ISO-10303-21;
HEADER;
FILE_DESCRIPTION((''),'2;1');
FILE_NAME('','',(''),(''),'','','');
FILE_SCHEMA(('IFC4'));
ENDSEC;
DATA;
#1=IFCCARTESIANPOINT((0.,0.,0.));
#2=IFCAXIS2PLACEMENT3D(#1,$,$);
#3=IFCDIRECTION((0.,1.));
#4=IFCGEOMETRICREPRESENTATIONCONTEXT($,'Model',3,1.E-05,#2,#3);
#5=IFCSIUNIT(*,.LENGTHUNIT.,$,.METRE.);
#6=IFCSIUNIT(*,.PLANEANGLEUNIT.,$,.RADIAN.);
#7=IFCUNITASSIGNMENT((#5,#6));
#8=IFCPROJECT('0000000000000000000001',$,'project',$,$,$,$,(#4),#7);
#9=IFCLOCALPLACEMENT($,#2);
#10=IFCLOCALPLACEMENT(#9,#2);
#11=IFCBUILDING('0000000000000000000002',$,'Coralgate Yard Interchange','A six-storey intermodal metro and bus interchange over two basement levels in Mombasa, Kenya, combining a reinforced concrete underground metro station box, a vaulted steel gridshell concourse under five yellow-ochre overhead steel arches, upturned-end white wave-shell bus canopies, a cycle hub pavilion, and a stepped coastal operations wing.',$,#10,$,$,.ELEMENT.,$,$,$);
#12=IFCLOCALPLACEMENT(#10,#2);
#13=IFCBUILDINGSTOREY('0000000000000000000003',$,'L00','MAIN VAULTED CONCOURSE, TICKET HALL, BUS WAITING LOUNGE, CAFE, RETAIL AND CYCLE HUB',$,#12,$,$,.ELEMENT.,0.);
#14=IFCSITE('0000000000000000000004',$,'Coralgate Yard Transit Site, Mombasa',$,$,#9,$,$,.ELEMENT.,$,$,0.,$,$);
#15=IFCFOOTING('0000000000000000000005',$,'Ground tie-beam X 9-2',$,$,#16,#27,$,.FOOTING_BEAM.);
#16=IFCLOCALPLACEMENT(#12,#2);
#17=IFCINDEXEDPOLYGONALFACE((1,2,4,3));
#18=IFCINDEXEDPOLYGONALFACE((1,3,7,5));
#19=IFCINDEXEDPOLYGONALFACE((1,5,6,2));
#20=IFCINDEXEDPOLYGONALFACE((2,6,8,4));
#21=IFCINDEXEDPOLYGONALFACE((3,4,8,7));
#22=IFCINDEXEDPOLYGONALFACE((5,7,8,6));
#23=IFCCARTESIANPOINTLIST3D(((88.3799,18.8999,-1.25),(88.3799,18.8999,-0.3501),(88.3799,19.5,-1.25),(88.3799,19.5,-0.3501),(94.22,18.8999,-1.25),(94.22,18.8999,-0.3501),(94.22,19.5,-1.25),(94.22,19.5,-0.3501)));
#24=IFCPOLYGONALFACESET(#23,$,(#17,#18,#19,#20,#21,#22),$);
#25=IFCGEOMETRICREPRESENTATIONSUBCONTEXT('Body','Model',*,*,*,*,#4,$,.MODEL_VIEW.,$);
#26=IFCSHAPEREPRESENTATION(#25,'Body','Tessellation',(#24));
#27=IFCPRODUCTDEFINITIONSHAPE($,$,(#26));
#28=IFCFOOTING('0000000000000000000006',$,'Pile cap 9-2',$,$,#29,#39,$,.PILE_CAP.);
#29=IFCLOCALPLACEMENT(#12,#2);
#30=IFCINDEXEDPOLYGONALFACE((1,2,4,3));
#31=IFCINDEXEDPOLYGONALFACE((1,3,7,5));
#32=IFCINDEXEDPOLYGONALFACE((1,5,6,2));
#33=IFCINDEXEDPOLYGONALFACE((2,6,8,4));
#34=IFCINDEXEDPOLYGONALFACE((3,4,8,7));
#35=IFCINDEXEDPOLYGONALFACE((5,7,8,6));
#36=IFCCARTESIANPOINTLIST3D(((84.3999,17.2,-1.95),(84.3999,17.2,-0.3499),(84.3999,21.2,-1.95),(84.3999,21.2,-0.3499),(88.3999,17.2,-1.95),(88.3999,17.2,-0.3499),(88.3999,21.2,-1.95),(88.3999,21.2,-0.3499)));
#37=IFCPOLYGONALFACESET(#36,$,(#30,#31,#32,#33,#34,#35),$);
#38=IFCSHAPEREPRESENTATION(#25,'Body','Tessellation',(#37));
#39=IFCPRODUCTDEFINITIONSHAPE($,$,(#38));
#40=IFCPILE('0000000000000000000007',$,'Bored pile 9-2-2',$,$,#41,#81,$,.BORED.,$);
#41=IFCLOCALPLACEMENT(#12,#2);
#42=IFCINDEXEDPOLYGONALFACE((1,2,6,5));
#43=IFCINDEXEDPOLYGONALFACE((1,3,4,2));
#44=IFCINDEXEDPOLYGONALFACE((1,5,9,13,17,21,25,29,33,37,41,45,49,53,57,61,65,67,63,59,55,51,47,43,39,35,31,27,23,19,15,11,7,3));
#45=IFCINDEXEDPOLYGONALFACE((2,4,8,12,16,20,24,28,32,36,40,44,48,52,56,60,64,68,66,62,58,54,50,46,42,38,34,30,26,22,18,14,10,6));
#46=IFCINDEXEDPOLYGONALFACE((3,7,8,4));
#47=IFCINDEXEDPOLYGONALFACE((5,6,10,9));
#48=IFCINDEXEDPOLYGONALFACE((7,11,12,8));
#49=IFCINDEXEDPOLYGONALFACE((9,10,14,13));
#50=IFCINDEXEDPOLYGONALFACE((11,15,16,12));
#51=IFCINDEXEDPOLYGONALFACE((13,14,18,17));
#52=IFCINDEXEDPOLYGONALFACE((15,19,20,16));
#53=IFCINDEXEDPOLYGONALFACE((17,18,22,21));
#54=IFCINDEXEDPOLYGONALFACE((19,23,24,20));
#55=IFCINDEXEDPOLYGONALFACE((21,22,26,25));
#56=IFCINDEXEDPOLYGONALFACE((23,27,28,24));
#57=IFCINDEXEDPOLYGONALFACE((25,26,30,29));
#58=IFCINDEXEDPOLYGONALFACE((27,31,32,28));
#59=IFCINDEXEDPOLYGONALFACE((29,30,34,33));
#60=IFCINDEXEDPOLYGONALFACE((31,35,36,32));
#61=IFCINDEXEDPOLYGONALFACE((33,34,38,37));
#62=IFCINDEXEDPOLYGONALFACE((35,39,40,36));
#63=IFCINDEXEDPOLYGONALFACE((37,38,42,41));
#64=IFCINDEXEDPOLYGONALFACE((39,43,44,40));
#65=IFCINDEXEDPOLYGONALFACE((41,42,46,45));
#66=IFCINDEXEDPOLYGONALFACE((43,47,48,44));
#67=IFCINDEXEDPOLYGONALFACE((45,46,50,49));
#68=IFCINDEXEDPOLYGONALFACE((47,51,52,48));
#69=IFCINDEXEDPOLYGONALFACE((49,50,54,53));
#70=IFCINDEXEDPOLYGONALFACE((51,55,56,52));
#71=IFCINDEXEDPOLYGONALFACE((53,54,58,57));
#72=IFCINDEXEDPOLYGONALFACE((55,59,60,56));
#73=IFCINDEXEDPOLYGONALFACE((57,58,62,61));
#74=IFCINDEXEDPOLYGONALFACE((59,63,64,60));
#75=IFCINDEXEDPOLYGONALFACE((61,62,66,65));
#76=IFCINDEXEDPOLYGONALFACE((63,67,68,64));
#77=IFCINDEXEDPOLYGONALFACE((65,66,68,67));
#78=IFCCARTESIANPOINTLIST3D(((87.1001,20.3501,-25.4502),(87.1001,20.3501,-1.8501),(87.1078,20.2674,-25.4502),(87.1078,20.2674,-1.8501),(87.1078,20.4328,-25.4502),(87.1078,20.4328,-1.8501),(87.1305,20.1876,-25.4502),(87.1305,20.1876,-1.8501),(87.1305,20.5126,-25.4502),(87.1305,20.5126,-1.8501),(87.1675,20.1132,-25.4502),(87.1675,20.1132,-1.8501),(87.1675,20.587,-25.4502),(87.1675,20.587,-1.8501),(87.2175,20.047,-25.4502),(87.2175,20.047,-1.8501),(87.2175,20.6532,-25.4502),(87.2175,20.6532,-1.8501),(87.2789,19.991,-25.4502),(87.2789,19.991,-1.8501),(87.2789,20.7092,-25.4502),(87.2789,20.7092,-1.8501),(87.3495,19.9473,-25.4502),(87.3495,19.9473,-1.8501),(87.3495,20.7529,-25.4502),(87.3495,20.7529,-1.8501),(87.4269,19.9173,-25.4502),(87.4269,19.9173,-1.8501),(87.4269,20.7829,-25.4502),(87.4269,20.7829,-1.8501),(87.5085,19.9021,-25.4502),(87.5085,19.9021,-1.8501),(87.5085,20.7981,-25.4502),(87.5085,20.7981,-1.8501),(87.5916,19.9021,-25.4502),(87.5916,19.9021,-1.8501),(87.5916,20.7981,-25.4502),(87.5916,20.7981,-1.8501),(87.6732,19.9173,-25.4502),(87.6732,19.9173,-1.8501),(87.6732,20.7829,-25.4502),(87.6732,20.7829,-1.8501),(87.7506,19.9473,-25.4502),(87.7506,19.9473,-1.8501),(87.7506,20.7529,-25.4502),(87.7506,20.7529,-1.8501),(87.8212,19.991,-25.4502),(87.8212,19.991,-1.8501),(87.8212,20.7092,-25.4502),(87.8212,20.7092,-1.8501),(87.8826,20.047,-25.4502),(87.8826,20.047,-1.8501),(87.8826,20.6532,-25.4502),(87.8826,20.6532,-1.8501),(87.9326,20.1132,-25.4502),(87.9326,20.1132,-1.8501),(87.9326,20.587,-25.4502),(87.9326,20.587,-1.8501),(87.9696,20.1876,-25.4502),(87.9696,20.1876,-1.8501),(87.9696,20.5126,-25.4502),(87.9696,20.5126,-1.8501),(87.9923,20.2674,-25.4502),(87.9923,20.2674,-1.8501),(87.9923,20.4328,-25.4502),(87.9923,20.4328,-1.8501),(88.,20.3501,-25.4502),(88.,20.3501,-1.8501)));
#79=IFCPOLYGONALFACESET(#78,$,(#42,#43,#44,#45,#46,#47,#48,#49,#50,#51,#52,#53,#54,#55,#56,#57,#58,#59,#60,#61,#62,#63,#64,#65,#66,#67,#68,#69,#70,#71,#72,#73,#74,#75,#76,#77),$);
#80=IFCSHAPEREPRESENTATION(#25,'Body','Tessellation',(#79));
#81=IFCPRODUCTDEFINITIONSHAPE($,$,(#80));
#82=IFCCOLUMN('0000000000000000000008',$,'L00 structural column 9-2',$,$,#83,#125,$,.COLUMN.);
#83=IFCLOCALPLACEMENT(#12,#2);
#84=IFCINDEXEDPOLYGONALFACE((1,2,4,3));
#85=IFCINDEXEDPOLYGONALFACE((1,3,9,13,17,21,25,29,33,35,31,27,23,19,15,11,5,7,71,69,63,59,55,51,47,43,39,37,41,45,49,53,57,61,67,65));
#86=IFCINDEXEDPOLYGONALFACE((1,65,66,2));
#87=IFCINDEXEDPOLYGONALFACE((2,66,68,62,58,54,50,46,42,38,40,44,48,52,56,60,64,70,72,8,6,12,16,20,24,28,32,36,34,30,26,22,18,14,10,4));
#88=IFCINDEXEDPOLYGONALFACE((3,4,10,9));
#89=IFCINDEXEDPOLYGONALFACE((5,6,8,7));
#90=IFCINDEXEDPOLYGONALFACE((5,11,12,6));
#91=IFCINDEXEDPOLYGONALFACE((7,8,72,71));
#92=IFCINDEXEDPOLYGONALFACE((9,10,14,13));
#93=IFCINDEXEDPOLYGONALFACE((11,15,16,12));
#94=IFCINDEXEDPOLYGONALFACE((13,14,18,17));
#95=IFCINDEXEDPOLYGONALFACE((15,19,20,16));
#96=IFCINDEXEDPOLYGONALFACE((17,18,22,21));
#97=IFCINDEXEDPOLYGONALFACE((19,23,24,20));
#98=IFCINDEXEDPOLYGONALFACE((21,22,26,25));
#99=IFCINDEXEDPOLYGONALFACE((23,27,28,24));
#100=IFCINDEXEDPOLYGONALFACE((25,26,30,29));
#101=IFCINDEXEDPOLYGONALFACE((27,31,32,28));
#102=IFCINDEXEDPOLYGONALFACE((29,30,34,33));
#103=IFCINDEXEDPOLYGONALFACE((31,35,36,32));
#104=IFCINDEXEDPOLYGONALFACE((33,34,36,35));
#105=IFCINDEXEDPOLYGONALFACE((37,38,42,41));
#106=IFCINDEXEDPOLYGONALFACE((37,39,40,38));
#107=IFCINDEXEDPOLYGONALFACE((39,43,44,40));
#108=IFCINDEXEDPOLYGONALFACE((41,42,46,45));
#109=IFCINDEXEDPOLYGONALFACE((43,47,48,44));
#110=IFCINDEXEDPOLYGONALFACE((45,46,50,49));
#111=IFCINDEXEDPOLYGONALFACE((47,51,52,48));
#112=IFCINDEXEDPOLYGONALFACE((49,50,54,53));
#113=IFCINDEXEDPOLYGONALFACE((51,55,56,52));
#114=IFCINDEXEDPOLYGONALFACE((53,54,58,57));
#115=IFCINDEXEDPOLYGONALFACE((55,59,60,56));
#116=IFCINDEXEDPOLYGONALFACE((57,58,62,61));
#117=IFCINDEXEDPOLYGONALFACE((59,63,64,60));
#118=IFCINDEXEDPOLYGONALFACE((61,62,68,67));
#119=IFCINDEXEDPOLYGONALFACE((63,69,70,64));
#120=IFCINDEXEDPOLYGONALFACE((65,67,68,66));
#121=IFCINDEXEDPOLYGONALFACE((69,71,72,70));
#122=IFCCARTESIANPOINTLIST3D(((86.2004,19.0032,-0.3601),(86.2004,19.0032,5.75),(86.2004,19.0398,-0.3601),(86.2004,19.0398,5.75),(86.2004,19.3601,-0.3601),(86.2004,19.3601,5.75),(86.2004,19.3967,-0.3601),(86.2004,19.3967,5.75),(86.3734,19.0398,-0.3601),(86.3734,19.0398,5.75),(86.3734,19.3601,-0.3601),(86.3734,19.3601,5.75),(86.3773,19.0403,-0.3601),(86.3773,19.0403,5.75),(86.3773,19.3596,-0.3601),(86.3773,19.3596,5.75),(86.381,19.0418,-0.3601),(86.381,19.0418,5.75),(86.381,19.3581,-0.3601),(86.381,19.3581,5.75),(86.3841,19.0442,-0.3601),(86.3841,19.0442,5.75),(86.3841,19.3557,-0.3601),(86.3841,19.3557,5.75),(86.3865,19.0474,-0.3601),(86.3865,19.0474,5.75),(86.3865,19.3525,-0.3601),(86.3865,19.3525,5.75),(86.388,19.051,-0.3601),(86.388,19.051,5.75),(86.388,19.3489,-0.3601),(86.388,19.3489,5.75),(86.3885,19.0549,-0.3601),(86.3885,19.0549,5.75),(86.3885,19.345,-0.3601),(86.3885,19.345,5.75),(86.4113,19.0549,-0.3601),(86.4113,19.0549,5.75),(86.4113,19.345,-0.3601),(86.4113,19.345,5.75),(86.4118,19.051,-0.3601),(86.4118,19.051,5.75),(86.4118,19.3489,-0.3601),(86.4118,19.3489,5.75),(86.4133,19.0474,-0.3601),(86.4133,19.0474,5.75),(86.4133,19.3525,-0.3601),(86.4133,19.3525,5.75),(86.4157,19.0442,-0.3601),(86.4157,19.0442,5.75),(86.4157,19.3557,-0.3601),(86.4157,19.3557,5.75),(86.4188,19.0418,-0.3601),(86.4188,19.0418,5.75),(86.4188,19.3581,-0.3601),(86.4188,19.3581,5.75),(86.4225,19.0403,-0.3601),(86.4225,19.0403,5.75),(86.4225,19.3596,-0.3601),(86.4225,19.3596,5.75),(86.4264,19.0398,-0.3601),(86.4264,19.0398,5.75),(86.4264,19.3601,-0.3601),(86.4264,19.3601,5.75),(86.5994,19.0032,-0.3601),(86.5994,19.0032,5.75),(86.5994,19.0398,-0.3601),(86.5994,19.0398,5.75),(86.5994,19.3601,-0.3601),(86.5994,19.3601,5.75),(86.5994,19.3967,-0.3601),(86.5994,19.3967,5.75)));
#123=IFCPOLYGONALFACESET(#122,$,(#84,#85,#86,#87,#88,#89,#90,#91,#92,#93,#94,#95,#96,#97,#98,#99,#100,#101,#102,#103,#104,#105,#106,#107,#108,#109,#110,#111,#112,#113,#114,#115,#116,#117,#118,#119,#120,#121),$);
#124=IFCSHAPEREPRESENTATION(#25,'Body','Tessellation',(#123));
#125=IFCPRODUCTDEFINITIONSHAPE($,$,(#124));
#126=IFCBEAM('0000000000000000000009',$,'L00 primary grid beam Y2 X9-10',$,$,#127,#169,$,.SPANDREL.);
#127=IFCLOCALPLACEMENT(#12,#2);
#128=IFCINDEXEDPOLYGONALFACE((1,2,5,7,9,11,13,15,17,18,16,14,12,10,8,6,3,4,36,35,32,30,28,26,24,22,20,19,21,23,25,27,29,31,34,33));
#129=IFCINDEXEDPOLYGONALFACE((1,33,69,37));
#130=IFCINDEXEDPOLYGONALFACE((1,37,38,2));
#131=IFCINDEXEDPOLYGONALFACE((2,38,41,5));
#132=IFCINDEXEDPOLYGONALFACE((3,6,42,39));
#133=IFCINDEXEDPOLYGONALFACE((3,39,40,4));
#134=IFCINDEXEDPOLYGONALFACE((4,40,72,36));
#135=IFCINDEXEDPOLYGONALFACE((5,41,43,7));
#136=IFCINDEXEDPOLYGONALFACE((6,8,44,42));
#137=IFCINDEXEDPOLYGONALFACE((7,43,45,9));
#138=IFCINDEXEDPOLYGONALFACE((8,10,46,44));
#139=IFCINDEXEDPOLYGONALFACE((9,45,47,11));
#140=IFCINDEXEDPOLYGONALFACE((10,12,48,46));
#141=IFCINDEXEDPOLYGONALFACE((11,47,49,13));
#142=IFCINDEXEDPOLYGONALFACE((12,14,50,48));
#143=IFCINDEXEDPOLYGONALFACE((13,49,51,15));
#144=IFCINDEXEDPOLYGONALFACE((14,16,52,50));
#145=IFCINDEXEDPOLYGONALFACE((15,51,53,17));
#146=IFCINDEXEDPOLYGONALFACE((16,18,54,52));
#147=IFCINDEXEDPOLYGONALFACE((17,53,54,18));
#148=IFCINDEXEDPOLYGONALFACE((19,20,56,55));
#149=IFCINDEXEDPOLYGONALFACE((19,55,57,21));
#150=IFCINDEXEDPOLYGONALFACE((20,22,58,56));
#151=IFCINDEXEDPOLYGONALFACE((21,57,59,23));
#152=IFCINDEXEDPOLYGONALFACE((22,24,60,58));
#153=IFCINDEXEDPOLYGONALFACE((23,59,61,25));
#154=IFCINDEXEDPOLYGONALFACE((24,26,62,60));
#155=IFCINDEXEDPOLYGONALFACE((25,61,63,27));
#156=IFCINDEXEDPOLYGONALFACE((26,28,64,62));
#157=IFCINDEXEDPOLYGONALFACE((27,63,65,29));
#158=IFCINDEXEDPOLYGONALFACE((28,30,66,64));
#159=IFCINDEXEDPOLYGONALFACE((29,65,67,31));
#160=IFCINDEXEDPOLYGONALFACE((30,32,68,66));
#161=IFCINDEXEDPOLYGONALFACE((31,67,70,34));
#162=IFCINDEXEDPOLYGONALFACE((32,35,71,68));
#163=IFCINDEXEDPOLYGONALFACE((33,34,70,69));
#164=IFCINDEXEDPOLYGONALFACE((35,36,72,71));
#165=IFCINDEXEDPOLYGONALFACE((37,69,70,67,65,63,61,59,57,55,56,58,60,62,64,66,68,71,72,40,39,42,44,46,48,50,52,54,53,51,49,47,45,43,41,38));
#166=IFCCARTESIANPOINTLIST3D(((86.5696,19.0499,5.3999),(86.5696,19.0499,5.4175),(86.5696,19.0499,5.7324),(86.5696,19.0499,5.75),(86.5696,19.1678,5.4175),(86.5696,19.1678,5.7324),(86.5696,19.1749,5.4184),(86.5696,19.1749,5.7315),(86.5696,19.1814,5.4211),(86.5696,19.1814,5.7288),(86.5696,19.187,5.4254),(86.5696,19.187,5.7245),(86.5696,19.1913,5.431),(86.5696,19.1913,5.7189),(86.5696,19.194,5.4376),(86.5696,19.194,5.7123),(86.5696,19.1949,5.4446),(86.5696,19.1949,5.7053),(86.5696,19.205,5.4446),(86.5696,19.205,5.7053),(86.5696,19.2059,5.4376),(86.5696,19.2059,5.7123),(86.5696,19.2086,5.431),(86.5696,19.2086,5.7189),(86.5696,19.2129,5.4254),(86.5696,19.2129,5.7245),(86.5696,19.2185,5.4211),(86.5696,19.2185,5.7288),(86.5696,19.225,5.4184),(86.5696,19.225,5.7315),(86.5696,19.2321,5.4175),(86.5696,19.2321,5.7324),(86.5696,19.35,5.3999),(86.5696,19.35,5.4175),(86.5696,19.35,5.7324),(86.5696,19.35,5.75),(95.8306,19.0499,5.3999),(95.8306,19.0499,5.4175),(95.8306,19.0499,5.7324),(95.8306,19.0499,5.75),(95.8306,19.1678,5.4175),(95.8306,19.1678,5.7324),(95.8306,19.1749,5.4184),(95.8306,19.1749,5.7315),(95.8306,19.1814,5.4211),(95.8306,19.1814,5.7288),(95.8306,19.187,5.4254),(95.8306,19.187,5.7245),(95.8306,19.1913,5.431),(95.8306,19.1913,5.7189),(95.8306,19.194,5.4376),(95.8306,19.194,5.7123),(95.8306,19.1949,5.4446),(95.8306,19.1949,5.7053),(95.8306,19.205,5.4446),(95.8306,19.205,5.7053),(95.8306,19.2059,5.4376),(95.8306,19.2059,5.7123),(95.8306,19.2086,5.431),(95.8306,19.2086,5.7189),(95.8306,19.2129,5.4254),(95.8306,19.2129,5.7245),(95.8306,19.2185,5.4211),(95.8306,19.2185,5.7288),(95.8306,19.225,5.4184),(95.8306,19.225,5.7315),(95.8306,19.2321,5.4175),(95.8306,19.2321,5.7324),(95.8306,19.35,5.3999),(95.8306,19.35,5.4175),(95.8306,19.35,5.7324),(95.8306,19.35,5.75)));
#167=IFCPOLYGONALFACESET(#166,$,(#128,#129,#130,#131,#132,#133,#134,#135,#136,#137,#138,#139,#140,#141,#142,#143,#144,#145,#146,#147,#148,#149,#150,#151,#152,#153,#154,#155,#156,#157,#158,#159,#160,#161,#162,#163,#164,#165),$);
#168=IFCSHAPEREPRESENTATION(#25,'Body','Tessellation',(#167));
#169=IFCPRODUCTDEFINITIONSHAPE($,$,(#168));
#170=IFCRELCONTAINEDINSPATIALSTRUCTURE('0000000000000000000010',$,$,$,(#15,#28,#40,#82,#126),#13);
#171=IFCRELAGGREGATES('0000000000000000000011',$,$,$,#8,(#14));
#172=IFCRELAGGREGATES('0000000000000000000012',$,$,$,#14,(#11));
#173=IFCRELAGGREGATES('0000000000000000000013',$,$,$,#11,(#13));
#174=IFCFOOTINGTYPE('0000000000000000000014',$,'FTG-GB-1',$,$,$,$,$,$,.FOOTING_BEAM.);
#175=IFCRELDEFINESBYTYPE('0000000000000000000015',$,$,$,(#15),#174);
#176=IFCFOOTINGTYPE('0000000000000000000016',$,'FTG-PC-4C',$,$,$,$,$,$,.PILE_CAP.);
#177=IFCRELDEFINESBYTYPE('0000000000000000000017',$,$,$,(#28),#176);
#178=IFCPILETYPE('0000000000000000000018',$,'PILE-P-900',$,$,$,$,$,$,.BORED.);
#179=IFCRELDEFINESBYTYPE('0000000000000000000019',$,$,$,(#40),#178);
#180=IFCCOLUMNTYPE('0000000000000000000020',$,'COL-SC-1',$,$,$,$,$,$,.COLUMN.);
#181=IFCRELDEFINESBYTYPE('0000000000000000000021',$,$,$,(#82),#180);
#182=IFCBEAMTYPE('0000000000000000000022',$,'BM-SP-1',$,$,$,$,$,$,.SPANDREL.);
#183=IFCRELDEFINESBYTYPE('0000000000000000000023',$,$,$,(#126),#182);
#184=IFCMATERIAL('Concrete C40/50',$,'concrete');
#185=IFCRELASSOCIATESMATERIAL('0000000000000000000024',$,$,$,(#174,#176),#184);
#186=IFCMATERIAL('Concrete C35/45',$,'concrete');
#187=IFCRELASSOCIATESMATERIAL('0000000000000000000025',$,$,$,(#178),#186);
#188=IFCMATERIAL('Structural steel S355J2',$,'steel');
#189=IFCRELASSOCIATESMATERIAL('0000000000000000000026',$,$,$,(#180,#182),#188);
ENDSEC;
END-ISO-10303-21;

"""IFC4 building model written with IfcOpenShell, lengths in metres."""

from ifc_helpers import new_model, si_unit, direction, frame, origin, origin_2d, place, context, subcontext, project, spatial, rectangle, circle, i_section, extrude, material, material_profile, profile_set, type_object, element, save


model = new_model("IFC4")

# Units and contexts
model_context = context("Model", 3, precision=1e-05, world=origin(), true_north=direction((0.0, 1.0)))
body_context = subcontext(model_context, "Body", "Model", "MODEL_VIEW")
ifc_project = project(units=[si_unit("LENGTHUNIT", "METRE"), si_unit("PLANEANGLEUNIT", "RADIAN")], contexts=[model_context])

# Site, building, storey
site_placement = place(None, origin())
site = spatial("IfcSite", under=ifc_project, at=site_placement, Name="Coralgate Yard Transit Site, Mombasa", CompositionType="ELEMENT", RefElevation=0.0)
building_placement = place(site_placement, origin())
building = spatial("IfcBuilding", under=site, at=building_placement, Name="Coralgate Yard Interchange", Description="A six-storey intermodal metro and bus interchange over two basement levels in Mombasa, Kenya, combining a reinforced concrete underground metro station box, a vaulted steel gridshell concourse under five yellow-ochre overhead steel arches, upturned-end white wave-shell bus canopies, a cycle hub pavilion, and a stepped coastal operations wing.", CompositionType="ELEMENT")
storey_placement = place(building_placement, origin())
storey = spatial("IfcBuildingStorey", under=building, at=storey_placement, Name="L00", Description="MAIN VAULTED CONCOURSE, TICKET HALL, BUS WAITING LOUNGE, CAFE, RETAIL AND CYCLE HUB", CompositionType="ELEMENT", Elevation=0.0)

# Footings
ifc_material_1 = material(Name="Concrete C40/50", Category="concrete")
ifc_material_profile_1 = material_profile(ifc_material_1, rectangle(XDim=0.6001, YDim=0.8999, at=origin_2d()), Name="RC 600x900")
ifc_profile_set_1 = profile_set([ifc_material_profile_1], Name="Concrete C40/50")
footing_type_1 = type_object("IfcFootingType", Name="FTG-GB-1", PredefinedType="FOOTING_BEAM", material=ifc_profile_set_1)
footing_1_placement = place(storey_placement, frame((88.3799, 19.2, -0.8), z_axis=(1.0, 0.0, 0.0), x_axis=(0.0, 1.0, 0.0)))
element("IfcFooting", 1, at=footing_1_placement, inside=storey, type_object=footing_type_1, Name="Ground tie-beam X 9-2", PredefinedType="FOOTING_BEAM", context=body_context, shape_type="SweptSolid", body=[
    extrude(rectangle(XDim=0.6001, YDim=0.8999, at=origin_2d()), origin(), (0.0, 0.0, 1.0), 5.8401),
])
footing_type_2 = type_object("IfcFootingType", Name="FTG-PC-4C", PredefinedType="PILE_CAP", material=ifc_material_1)
footing_2_placement = place(storey_placement, frame((86.3999, 19.2, -1.95), z_axis=(0.0, 0.0, 1.0), x_axis=(1.0, 0.0, 0.0)))
element("IfcFooting", 2, at=footing_2_placement, inside=storey, type_object=footing_type_2, Name="Pile cap 9-2", PredefinedType="PILE_CAP", context=body_context, shape_type="SweptSolid", body=[
    extrude(rectangle(XDim=4.0, YDim=4.0, at=origin_2d()), origin(), (0.0, 0.0, 1.0), 1.6001),
])

# Pile
ifc_material_2 = material(Name="Concrete C35/45", Category="concrete")
ifc_material_profile_2 = material_profile(ifc_material_2, circle(Radius=0.45, at=origin_2d()), Name="BORED PILE D900")
ifc_profile_set_2 = profile_set([ifc_material_profile_2], Name="Concrete C35/45")
pile_type = type_object("IfcPileType", Name="PILE-P-900", PredefinedType="BORED", material=ifc_profile_set_2)
pile_placement = place(storey_placement, frame((87.55, 20.3501, -1.8501), z_axis=(0.0, 0.0, -1.0), x_axis=(1.0, 0.0, 0.0)))
element("IfcPile", 3, at=pile_placement, inside=storey, type_object=pile_type, Name="Bored pile 9-2-2", PredefinedType="BORED", context=body_context, shape_type="SweptSolid", body=[
    extrude(circle(Radius=0.45, at=origin_2d()), origin(), (0.0, 0.0, 1.0), 23.6001),
])

# Column
ifc_material_3 = material(Name="Structural steel S355J2", Category="steel")
ifc_material_profile_3 = material_profile(ifc_material_3, i_section(OverallWidth=0.3989, OverallDepth=0.3936, WebThickness=0.0227, FlangeThickness=0.0366, FilletRadius=0.0151, at=origin_2d()), Name="UC 356x406x287")
ifc_profile_set_3 = profile_set([ifc_material_profile_3], Name="Structural steel S355J2")
column_type = type_object("IfcColumnType", Name="COL-SC-1", PredefinedType="COLUMN", material=ifc_profile_set_3)
column_placement = place(storey_placement, frame((86.3999, 19.2, -0.3601), z_axis=(0.0, 0.0, 1.0), x_axis=(1.0, 0.0, 0.0)))
element("IfcColumn", 4, at=column_placement, inside=storey, type_object=column_type, Name="L00 structural column 9-2", PredefinedType="COLUMN", context=body_context, shape_type="SweptSolid", body=[
    extrude(i_section(OverallWidth=0.3989, OverallDepth=0.3936, WebThickness=0.0227, FlangeThickness=0.0366, FilletRadius=0.0151, at=origin_2d()), origin(), (0.0, 0.0, 1.0), 6.1101),
])

# Beam
ifc_material_profile_4 = material_profile(ifc_material_3, i_section(OverallWidth=0.3, OverallDepth=0.3501, WebThickness=0.01, FlangeThickness=0.0176, FilletRadius=0.0271, at=origin_2d()), Name="HEA 360")
ifc_profile_set_4 = profile_set([ifc_material_profile_4], Name="Structural steel S355J2")
beam_type = type_object("IfcBeamType", Name="BM-SP-1", PredefinedType="SPANDREL", material=ifc_profile_set_4)
beam_placement = place(storey_placement, frame((86.5696, 19.2, 5.575), z_axis=(1.0, 0.0, 0.0), x_axis=(0.0, 1.0, 0.0)))
element("IfcBeam", 5, at=beam_placement, inside=storey, type_object=beam_type, Name="L00 primary grid beam Y2 X9-10", PredefinedType="SPANDREL", context=body_context, shape_type="SweptSolid", body=[
    extrude(i_section(OverallWidth=0.3, OverallDepth=0.3501, WebThickness=0.01, FlangeThickness=0.0176, FilletRadius=0.0271, at=origin_2d()), origin(), (0.0, 0.0, 1.0), 9.261),
])

save(model, "model.ifc")
